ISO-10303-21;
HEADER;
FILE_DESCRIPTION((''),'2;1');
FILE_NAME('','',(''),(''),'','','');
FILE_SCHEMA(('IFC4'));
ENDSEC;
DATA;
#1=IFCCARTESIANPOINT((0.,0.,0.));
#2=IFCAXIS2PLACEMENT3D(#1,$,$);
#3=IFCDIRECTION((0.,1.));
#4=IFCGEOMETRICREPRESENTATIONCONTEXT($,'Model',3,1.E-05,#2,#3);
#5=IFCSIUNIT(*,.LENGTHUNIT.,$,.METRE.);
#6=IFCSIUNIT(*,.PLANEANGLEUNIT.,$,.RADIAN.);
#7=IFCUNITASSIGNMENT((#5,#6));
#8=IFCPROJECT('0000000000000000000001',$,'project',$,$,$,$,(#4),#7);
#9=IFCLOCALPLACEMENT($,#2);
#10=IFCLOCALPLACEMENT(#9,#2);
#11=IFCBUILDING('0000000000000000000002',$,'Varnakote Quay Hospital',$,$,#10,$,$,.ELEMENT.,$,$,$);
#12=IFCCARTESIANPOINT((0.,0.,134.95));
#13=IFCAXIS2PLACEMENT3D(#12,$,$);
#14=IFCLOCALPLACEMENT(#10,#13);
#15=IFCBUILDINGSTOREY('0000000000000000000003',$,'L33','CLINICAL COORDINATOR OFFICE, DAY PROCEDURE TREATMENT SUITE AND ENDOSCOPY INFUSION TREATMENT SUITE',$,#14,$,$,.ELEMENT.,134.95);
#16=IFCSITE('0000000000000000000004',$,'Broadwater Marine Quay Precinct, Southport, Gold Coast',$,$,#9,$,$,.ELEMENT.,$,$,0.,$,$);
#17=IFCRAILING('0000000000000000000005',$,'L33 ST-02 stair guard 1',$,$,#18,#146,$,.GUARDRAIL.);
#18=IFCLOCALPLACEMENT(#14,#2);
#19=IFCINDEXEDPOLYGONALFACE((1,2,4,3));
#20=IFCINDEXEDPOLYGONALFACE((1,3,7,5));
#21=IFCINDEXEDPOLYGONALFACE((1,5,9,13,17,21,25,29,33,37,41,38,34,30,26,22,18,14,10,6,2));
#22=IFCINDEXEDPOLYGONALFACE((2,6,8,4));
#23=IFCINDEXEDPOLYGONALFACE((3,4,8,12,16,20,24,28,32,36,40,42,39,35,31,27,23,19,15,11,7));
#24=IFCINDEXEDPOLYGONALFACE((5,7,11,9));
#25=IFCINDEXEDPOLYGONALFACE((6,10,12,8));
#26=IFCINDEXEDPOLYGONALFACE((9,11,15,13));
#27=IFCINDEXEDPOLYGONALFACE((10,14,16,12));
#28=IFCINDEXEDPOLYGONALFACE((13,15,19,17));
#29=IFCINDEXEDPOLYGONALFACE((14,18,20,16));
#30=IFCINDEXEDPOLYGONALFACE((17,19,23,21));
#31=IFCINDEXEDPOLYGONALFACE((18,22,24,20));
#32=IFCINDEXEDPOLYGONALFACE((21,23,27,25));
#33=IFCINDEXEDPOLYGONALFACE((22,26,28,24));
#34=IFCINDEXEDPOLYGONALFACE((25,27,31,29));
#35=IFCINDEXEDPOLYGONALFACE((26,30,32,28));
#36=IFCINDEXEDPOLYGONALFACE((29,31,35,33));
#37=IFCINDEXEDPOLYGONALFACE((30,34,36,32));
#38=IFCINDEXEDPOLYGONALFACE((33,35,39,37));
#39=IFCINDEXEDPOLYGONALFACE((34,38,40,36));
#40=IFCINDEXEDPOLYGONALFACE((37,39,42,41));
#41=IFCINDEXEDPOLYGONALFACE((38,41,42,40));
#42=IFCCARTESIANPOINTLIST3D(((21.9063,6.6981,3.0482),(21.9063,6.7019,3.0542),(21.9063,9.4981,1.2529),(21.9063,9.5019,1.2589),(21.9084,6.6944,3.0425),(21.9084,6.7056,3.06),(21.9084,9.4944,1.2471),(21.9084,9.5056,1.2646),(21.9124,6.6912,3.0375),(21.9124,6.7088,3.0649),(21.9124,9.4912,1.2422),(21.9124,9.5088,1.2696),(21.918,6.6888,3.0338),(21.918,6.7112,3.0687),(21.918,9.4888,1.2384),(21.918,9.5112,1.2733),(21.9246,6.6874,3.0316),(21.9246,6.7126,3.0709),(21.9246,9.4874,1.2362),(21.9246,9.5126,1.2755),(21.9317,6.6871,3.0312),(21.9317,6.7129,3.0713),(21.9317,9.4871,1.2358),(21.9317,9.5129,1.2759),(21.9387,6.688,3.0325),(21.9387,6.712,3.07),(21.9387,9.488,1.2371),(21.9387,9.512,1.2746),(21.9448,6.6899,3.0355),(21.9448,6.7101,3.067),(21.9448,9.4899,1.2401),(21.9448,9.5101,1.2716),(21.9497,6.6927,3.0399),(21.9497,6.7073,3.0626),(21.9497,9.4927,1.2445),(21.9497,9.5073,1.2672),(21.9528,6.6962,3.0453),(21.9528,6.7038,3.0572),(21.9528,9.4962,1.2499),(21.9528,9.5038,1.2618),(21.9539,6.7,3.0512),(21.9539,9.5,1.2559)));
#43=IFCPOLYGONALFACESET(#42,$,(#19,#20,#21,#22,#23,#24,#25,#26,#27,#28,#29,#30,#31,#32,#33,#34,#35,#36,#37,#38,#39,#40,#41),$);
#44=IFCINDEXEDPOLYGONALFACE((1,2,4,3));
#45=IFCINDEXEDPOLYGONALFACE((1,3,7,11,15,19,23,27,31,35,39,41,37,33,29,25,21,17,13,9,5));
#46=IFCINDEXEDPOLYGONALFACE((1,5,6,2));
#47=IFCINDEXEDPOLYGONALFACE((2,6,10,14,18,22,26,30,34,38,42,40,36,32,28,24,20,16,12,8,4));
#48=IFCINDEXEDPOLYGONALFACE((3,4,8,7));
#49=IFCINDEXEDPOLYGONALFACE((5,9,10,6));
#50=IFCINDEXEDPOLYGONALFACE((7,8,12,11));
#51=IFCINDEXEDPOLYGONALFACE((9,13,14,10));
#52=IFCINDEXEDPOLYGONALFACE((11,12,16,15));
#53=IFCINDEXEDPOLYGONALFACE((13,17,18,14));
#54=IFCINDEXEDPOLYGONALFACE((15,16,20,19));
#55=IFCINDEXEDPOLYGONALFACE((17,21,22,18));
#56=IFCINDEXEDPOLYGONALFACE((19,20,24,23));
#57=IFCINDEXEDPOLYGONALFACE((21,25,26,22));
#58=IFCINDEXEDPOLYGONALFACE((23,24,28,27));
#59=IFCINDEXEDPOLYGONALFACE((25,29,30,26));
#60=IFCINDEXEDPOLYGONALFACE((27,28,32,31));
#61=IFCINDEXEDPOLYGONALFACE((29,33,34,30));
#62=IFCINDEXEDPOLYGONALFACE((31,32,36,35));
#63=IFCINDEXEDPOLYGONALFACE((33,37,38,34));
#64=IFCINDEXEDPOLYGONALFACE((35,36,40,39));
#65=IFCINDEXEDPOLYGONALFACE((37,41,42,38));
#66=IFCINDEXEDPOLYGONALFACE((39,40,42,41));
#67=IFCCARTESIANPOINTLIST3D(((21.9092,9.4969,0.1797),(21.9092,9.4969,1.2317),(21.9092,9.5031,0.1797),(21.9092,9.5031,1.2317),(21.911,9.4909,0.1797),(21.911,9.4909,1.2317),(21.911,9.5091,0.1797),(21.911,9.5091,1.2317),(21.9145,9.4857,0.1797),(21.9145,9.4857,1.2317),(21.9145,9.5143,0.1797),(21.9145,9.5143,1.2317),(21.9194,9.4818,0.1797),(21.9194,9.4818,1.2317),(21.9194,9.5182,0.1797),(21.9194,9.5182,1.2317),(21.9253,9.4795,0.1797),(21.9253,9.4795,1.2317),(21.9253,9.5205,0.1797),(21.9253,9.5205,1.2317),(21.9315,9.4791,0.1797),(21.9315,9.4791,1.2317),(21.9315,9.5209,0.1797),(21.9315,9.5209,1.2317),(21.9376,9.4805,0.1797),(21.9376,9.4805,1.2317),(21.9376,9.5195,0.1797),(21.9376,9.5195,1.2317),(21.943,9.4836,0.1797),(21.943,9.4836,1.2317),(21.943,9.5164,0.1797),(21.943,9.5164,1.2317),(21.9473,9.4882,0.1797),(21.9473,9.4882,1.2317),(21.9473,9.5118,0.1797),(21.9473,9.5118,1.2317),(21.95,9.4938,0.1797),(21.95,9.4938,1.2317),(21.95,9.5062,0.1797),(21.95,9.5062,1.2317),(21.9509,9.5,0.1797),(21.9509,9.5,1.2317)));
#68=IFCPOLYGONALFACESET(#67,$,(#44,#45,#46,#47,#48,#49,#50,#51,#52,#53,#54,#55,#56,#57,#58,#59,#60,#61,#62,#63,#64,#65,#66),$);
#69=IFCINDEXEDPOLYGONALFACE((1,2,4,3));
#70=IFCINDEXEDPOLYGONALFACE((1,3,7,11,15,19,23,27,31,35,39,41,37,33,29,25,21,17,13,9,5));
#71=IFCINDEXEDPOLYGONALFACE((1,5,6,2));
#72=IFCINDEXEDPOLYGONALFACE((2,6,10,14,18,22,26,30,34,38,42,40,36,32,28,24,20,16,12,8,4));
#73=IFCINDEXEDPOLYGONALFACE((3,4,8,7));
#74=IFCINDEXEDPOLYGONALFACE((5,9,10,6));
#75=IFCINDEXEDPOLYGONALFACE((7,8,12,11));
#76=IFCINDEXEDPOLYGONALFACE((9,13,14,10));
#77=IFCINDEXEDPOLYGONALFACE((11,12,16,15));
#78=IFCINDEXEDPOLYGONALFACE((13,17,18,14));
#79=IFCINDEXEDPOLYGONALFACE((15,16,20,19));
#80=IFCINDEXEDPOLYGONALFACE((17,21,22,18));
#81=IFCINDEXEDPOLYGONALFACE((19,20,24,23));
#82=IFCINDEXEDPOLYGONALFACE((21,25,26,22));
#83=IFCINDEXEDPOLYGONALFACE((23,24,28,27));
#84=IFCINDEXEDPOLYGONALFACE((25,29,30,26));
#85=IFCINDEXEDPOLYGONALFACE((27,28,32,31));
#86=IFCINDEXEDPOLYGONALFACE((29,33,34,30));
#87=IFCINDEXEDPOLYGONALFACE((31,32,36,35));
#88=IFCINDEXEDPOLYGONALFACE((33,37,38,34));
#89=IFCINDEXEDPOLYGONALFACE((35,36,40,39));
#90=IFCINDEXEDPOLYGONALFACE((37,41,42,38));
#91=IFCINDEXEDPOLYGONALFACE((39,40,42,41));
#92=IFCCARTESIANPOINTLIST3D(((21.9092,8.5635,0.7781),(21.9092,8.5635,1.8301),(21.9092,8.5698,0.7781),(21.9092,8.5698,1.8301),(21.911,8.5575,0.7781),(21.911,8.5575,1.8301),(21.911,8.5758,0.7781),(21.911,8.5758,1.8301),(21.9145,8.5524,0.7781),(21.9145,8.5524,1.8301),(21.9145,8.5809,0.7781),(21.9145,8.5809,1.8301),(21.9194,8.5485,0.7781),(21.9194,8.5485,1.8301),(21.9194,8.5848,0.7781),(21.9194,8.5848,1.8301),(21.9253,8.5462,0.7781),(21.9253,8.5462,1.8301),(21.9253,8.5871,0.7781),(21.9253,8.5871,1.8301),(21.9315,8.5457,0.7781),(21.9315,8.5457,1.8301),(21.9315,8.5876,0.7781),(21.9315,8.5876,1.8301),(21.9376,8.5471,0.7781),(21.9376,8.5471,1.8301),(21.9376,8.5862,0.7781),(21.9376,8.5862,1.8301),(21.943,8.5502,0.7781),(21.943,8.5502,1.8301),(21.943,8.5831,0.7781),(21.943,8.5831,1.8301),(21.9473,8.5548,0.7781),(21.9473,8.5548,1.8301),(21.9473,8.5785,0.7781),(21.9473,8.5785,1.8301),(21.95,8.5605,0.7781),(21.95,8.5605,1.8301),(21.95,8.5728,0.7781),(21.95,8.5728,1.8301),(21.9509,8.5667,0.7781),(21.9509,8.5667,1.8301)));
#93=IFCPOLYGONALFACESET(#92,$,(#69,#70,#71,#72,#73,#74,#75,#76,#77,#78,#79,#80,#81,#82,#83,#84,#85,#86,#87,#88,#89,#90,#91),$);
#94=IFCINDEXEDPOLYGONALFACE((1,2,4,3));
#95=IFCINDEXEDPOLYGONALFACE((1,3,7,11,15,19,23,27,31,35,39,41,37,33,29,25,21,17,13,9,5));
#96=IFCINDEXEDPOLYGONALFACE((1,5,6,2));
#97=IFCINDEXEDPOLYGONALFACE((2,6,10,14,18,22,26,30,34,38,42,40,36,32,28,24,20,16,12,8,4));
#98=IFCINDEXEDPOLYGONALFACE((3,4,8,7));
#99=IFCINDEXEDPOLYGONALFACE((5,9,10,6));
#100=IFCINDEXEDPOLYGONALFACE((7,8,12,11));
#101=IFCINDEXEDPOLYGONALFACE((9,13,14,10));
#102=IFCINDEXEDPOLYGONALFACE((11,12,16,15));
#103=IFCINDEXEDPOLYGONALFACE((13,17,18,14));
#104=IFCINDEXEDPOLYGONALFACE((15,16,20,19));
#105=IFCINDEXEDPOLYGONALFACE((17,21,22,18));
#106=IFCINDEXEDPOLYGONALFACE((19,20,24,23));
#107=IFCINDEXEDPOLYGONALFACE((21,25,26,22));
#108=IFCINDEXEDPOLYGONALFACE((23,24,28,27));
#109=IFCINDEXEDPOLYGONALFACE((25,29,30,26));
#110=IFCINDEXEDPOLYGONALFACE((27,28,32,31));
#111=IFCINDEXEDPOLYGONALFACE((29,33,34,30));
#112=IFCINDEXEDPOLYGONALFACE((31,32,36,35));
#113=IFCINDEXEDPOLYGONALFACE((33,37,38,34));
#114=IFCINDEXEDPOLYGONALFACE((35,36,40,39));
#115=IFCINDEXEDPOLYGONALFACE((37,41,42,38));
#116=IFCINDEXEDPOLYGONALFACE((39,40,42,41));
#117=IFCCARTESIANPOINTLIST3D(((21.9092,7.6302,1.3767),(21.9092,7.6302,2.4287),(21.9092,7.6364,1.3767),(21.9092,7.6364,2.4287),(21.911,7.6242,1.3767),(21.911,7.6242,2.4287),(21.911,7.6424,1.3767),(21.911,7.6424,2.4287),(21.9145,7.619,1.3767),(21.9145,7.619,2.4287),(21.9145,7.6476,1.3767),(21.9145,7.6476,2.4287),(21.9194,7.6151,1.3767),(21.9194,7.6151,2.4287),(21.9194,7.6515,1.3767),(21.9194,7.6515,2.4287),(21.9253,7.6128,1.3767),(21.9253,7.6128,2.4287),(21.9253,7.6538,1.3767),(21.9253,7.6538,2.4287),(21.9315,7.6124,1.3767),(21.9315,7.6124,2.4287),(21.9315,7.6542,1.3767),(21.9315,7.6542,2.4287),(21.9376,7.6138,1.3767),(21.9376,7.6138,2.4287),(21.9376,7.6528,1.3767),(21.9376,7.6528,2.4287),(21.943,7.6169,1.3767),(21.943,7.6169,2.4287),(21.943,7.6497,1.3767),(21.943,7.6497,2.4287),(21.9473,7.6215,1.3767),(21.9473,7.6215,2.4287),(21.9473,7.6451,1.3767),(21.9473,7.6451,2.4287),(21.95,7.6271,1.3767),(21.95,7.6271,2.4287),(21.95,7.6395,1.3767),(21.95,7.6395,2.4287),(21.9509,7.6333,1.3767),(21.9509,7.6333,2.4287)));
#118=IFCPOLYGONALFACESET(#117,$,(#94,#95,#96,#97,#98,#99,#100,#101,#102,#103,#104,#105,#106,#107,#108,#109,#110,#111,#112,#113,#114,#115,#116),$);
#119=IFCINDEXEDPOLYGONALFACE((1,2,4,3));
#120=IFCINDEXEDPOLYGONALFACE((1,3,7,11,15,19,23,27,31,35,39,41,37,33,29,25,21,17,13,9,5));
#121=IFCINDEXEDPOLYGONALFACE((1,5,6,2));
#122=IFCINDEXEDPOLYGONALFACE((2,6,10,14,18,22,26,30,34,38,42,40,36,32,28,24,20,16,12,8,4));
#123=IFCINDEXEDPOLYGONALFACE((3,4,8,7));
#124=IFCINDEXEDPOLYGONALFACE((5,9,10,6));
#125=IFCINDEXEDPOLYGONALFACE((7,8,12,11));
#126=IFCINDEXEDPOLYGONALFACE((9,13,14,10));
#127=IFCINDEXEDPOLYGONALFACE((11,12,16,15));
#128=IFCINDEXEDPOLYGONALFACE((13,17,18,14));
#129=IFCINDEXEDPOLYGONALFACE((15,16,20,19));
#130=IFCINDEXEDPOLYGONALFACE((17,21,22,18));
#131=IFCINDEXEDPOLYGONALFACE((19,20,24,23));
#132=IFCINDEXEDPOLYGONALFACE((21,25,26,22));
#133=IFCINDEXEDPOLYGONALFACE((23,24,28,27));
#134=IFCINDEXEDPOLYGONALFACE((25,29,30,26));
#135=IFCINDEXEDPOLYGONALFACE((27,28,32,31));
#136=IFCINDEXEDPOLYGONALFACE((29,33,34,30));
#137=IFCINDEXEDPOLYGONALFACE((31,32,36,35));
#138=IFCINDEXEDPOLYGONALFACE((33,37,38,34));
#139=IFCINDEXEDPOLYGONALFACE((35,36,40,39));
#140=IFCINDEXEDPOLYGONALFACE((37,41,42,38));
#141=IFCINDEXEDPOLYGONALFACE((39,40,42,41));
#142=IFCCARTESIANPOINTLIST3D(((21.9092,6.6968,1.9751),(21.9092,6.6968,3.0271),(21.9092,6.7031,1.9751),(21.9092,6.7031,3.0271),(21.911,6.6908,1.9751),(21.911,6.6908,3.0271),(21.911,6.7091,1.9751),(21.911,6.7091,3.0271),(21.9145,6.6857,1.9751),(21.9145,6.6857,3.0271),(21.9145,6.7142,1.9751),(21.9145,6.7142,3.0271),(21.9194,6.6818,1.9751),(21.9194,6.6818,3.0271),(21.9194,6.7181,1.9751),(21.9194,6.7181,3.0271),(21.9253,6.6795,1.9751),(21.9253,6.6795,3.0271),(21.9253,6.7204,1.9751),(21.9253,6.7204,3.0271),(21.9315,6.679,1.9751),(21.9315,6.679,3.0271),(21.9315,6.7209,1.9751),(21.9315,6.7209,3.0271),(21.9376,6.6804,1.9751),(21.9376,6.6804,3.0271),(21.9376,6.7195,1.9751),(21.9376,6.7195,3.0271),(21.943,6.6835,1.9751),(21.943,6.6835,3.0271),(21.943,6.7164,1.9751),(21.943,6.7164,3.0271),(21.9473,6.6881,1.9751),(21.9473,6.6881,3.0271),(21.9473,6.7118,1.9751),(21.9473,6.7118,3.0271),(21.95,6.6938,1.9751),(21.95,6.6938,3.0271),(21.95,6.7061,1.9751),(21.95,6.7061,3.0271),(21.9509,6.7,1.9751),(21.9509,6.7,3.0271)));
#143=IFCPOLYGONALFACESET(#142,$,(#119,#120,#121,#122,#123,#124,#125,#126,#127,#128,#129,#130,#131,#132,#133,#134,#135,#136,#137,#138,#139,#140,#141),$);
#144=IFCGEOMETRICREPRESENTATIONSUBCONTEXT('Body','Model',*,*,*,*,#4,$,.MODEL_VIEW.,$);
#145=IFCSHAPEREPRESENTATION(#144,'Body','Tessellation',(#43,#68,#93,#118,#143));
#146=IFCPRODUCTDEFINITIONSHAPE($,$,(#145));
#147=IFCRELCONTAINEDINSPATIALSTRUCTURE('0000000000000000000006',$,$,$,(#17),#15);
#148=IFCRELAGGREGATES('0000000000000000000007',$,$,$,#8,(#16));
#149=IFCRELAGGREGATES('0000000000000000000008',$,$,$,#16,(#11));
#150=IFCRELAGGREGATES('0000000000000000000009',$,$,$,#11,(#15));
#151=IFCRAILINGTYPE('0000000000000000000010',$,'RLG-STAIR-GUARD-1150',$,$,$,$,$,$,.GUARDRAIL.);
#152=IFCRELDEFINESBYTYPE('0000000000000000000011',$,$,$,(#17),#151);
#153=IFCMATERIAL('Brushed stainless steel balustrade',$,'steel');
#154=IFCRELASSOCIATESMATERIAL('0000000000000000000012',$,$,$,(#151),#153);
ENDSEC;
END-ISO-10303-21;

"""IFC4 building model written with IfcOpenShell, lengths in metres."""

from ifc_helpers import new_model, si_unit, direction, frame, origin, origin_2d, place, context, subcontext, project, spatial, circle, extrude, material, type_object, element, save


model = new_model("IFC4")

# Units and contexts
model_context = context("Model", 3, precision=1e-05, world=origin(), true_north=direction((0.0, 1.0)))
body_context = subcontext(model_context, "Body", "Model", "MODEL_VIEW")
ifc_project = project(units=[si_unit("LENGTHUNIT", "METRE"), si_unit("PLANEANGLEUNIT", "RADIAN")], contexts=[model_context])

# Site, building, storey
site_placement = place(None, origin())
site = spatial("IfcSite", under=ifc_project, at=site_placement, Name="Broadwater Marine Quay Precinct, Southport, Gold Coast", CompositionType="ELEMENT", RefElevation=0.0)
building_placement = place(site_placement, origin())
building = spatial("IfcBuilding", under=site, at=building_placement, Name="Varnakote Quay Hospital", CompositionType="ELEMENT")
storey_placement = place(building_placement, frame((0.0, 0.0, 134.95)))
storey = spatial("IfcBuildingStorey", under=building, at=storey_placement, Name="L33", Description="CLINICAL COORDINATOR OFFICE, DAY PROCEDURE TREATMENT SUITE AND ENDOSCOPY INFUSION TREATMENT SUITE", CompositionType="ELEMENT", Elevation=134.95)

# Railing
ifc_material_1 = material(Name="Brushed stainless steel balustrade", Category="steel")
railing_type_1 = type_object("IfcRailingType", Name="RLG-STAIR-GUARD-1150", PredefinedType="GUARDRAIL", material=ifc_material_1)
railing_1_placement = place(storey_placement, frame((21.9299, 9.5, 0.1797)))
element("IfcRailing", 1, at=railing_1_placement, inside=storey, type_object=railing_type_1, Name="L33 ST-02 stair guard 1", PredefinedType="GUARDRAIL", context=body_context, shape_type="SweptSolid", body=[
    extrude(circle(Radius=0.0239, at=origin_2d()), frame((0.0, 0.0, 1.0762), z_axis=(0.0, -0.84181, 0.539774), x_axis=(1.0, 0.0, 0.0)), (0.0, 0.0, 1.0), 3.3262),
    extrude(circle(Radius=0.021, at=origin_2d()), origin(), (0.0, 0.0, 1.0), 1.052),
    extrude(circle(Radius=0.021, at=origin_2d()), frame((0.0, -0.9333, 0.5984)), (0.0, 0.0, 1.0), 1.052),
    extrude(circle(Radius=0.021, at=origin_2d()), frame((0.0, -1.8667, 1.197)), (0.0, 0.0, 1.0), 1.052),
    extrude(circle(Radius=0.021, at=origin_2d()), frame((0.0, -2.8, 1.7954)), (0.0, 0.0, 1.0), 1.052),
])

save(model, "model.ifc")
